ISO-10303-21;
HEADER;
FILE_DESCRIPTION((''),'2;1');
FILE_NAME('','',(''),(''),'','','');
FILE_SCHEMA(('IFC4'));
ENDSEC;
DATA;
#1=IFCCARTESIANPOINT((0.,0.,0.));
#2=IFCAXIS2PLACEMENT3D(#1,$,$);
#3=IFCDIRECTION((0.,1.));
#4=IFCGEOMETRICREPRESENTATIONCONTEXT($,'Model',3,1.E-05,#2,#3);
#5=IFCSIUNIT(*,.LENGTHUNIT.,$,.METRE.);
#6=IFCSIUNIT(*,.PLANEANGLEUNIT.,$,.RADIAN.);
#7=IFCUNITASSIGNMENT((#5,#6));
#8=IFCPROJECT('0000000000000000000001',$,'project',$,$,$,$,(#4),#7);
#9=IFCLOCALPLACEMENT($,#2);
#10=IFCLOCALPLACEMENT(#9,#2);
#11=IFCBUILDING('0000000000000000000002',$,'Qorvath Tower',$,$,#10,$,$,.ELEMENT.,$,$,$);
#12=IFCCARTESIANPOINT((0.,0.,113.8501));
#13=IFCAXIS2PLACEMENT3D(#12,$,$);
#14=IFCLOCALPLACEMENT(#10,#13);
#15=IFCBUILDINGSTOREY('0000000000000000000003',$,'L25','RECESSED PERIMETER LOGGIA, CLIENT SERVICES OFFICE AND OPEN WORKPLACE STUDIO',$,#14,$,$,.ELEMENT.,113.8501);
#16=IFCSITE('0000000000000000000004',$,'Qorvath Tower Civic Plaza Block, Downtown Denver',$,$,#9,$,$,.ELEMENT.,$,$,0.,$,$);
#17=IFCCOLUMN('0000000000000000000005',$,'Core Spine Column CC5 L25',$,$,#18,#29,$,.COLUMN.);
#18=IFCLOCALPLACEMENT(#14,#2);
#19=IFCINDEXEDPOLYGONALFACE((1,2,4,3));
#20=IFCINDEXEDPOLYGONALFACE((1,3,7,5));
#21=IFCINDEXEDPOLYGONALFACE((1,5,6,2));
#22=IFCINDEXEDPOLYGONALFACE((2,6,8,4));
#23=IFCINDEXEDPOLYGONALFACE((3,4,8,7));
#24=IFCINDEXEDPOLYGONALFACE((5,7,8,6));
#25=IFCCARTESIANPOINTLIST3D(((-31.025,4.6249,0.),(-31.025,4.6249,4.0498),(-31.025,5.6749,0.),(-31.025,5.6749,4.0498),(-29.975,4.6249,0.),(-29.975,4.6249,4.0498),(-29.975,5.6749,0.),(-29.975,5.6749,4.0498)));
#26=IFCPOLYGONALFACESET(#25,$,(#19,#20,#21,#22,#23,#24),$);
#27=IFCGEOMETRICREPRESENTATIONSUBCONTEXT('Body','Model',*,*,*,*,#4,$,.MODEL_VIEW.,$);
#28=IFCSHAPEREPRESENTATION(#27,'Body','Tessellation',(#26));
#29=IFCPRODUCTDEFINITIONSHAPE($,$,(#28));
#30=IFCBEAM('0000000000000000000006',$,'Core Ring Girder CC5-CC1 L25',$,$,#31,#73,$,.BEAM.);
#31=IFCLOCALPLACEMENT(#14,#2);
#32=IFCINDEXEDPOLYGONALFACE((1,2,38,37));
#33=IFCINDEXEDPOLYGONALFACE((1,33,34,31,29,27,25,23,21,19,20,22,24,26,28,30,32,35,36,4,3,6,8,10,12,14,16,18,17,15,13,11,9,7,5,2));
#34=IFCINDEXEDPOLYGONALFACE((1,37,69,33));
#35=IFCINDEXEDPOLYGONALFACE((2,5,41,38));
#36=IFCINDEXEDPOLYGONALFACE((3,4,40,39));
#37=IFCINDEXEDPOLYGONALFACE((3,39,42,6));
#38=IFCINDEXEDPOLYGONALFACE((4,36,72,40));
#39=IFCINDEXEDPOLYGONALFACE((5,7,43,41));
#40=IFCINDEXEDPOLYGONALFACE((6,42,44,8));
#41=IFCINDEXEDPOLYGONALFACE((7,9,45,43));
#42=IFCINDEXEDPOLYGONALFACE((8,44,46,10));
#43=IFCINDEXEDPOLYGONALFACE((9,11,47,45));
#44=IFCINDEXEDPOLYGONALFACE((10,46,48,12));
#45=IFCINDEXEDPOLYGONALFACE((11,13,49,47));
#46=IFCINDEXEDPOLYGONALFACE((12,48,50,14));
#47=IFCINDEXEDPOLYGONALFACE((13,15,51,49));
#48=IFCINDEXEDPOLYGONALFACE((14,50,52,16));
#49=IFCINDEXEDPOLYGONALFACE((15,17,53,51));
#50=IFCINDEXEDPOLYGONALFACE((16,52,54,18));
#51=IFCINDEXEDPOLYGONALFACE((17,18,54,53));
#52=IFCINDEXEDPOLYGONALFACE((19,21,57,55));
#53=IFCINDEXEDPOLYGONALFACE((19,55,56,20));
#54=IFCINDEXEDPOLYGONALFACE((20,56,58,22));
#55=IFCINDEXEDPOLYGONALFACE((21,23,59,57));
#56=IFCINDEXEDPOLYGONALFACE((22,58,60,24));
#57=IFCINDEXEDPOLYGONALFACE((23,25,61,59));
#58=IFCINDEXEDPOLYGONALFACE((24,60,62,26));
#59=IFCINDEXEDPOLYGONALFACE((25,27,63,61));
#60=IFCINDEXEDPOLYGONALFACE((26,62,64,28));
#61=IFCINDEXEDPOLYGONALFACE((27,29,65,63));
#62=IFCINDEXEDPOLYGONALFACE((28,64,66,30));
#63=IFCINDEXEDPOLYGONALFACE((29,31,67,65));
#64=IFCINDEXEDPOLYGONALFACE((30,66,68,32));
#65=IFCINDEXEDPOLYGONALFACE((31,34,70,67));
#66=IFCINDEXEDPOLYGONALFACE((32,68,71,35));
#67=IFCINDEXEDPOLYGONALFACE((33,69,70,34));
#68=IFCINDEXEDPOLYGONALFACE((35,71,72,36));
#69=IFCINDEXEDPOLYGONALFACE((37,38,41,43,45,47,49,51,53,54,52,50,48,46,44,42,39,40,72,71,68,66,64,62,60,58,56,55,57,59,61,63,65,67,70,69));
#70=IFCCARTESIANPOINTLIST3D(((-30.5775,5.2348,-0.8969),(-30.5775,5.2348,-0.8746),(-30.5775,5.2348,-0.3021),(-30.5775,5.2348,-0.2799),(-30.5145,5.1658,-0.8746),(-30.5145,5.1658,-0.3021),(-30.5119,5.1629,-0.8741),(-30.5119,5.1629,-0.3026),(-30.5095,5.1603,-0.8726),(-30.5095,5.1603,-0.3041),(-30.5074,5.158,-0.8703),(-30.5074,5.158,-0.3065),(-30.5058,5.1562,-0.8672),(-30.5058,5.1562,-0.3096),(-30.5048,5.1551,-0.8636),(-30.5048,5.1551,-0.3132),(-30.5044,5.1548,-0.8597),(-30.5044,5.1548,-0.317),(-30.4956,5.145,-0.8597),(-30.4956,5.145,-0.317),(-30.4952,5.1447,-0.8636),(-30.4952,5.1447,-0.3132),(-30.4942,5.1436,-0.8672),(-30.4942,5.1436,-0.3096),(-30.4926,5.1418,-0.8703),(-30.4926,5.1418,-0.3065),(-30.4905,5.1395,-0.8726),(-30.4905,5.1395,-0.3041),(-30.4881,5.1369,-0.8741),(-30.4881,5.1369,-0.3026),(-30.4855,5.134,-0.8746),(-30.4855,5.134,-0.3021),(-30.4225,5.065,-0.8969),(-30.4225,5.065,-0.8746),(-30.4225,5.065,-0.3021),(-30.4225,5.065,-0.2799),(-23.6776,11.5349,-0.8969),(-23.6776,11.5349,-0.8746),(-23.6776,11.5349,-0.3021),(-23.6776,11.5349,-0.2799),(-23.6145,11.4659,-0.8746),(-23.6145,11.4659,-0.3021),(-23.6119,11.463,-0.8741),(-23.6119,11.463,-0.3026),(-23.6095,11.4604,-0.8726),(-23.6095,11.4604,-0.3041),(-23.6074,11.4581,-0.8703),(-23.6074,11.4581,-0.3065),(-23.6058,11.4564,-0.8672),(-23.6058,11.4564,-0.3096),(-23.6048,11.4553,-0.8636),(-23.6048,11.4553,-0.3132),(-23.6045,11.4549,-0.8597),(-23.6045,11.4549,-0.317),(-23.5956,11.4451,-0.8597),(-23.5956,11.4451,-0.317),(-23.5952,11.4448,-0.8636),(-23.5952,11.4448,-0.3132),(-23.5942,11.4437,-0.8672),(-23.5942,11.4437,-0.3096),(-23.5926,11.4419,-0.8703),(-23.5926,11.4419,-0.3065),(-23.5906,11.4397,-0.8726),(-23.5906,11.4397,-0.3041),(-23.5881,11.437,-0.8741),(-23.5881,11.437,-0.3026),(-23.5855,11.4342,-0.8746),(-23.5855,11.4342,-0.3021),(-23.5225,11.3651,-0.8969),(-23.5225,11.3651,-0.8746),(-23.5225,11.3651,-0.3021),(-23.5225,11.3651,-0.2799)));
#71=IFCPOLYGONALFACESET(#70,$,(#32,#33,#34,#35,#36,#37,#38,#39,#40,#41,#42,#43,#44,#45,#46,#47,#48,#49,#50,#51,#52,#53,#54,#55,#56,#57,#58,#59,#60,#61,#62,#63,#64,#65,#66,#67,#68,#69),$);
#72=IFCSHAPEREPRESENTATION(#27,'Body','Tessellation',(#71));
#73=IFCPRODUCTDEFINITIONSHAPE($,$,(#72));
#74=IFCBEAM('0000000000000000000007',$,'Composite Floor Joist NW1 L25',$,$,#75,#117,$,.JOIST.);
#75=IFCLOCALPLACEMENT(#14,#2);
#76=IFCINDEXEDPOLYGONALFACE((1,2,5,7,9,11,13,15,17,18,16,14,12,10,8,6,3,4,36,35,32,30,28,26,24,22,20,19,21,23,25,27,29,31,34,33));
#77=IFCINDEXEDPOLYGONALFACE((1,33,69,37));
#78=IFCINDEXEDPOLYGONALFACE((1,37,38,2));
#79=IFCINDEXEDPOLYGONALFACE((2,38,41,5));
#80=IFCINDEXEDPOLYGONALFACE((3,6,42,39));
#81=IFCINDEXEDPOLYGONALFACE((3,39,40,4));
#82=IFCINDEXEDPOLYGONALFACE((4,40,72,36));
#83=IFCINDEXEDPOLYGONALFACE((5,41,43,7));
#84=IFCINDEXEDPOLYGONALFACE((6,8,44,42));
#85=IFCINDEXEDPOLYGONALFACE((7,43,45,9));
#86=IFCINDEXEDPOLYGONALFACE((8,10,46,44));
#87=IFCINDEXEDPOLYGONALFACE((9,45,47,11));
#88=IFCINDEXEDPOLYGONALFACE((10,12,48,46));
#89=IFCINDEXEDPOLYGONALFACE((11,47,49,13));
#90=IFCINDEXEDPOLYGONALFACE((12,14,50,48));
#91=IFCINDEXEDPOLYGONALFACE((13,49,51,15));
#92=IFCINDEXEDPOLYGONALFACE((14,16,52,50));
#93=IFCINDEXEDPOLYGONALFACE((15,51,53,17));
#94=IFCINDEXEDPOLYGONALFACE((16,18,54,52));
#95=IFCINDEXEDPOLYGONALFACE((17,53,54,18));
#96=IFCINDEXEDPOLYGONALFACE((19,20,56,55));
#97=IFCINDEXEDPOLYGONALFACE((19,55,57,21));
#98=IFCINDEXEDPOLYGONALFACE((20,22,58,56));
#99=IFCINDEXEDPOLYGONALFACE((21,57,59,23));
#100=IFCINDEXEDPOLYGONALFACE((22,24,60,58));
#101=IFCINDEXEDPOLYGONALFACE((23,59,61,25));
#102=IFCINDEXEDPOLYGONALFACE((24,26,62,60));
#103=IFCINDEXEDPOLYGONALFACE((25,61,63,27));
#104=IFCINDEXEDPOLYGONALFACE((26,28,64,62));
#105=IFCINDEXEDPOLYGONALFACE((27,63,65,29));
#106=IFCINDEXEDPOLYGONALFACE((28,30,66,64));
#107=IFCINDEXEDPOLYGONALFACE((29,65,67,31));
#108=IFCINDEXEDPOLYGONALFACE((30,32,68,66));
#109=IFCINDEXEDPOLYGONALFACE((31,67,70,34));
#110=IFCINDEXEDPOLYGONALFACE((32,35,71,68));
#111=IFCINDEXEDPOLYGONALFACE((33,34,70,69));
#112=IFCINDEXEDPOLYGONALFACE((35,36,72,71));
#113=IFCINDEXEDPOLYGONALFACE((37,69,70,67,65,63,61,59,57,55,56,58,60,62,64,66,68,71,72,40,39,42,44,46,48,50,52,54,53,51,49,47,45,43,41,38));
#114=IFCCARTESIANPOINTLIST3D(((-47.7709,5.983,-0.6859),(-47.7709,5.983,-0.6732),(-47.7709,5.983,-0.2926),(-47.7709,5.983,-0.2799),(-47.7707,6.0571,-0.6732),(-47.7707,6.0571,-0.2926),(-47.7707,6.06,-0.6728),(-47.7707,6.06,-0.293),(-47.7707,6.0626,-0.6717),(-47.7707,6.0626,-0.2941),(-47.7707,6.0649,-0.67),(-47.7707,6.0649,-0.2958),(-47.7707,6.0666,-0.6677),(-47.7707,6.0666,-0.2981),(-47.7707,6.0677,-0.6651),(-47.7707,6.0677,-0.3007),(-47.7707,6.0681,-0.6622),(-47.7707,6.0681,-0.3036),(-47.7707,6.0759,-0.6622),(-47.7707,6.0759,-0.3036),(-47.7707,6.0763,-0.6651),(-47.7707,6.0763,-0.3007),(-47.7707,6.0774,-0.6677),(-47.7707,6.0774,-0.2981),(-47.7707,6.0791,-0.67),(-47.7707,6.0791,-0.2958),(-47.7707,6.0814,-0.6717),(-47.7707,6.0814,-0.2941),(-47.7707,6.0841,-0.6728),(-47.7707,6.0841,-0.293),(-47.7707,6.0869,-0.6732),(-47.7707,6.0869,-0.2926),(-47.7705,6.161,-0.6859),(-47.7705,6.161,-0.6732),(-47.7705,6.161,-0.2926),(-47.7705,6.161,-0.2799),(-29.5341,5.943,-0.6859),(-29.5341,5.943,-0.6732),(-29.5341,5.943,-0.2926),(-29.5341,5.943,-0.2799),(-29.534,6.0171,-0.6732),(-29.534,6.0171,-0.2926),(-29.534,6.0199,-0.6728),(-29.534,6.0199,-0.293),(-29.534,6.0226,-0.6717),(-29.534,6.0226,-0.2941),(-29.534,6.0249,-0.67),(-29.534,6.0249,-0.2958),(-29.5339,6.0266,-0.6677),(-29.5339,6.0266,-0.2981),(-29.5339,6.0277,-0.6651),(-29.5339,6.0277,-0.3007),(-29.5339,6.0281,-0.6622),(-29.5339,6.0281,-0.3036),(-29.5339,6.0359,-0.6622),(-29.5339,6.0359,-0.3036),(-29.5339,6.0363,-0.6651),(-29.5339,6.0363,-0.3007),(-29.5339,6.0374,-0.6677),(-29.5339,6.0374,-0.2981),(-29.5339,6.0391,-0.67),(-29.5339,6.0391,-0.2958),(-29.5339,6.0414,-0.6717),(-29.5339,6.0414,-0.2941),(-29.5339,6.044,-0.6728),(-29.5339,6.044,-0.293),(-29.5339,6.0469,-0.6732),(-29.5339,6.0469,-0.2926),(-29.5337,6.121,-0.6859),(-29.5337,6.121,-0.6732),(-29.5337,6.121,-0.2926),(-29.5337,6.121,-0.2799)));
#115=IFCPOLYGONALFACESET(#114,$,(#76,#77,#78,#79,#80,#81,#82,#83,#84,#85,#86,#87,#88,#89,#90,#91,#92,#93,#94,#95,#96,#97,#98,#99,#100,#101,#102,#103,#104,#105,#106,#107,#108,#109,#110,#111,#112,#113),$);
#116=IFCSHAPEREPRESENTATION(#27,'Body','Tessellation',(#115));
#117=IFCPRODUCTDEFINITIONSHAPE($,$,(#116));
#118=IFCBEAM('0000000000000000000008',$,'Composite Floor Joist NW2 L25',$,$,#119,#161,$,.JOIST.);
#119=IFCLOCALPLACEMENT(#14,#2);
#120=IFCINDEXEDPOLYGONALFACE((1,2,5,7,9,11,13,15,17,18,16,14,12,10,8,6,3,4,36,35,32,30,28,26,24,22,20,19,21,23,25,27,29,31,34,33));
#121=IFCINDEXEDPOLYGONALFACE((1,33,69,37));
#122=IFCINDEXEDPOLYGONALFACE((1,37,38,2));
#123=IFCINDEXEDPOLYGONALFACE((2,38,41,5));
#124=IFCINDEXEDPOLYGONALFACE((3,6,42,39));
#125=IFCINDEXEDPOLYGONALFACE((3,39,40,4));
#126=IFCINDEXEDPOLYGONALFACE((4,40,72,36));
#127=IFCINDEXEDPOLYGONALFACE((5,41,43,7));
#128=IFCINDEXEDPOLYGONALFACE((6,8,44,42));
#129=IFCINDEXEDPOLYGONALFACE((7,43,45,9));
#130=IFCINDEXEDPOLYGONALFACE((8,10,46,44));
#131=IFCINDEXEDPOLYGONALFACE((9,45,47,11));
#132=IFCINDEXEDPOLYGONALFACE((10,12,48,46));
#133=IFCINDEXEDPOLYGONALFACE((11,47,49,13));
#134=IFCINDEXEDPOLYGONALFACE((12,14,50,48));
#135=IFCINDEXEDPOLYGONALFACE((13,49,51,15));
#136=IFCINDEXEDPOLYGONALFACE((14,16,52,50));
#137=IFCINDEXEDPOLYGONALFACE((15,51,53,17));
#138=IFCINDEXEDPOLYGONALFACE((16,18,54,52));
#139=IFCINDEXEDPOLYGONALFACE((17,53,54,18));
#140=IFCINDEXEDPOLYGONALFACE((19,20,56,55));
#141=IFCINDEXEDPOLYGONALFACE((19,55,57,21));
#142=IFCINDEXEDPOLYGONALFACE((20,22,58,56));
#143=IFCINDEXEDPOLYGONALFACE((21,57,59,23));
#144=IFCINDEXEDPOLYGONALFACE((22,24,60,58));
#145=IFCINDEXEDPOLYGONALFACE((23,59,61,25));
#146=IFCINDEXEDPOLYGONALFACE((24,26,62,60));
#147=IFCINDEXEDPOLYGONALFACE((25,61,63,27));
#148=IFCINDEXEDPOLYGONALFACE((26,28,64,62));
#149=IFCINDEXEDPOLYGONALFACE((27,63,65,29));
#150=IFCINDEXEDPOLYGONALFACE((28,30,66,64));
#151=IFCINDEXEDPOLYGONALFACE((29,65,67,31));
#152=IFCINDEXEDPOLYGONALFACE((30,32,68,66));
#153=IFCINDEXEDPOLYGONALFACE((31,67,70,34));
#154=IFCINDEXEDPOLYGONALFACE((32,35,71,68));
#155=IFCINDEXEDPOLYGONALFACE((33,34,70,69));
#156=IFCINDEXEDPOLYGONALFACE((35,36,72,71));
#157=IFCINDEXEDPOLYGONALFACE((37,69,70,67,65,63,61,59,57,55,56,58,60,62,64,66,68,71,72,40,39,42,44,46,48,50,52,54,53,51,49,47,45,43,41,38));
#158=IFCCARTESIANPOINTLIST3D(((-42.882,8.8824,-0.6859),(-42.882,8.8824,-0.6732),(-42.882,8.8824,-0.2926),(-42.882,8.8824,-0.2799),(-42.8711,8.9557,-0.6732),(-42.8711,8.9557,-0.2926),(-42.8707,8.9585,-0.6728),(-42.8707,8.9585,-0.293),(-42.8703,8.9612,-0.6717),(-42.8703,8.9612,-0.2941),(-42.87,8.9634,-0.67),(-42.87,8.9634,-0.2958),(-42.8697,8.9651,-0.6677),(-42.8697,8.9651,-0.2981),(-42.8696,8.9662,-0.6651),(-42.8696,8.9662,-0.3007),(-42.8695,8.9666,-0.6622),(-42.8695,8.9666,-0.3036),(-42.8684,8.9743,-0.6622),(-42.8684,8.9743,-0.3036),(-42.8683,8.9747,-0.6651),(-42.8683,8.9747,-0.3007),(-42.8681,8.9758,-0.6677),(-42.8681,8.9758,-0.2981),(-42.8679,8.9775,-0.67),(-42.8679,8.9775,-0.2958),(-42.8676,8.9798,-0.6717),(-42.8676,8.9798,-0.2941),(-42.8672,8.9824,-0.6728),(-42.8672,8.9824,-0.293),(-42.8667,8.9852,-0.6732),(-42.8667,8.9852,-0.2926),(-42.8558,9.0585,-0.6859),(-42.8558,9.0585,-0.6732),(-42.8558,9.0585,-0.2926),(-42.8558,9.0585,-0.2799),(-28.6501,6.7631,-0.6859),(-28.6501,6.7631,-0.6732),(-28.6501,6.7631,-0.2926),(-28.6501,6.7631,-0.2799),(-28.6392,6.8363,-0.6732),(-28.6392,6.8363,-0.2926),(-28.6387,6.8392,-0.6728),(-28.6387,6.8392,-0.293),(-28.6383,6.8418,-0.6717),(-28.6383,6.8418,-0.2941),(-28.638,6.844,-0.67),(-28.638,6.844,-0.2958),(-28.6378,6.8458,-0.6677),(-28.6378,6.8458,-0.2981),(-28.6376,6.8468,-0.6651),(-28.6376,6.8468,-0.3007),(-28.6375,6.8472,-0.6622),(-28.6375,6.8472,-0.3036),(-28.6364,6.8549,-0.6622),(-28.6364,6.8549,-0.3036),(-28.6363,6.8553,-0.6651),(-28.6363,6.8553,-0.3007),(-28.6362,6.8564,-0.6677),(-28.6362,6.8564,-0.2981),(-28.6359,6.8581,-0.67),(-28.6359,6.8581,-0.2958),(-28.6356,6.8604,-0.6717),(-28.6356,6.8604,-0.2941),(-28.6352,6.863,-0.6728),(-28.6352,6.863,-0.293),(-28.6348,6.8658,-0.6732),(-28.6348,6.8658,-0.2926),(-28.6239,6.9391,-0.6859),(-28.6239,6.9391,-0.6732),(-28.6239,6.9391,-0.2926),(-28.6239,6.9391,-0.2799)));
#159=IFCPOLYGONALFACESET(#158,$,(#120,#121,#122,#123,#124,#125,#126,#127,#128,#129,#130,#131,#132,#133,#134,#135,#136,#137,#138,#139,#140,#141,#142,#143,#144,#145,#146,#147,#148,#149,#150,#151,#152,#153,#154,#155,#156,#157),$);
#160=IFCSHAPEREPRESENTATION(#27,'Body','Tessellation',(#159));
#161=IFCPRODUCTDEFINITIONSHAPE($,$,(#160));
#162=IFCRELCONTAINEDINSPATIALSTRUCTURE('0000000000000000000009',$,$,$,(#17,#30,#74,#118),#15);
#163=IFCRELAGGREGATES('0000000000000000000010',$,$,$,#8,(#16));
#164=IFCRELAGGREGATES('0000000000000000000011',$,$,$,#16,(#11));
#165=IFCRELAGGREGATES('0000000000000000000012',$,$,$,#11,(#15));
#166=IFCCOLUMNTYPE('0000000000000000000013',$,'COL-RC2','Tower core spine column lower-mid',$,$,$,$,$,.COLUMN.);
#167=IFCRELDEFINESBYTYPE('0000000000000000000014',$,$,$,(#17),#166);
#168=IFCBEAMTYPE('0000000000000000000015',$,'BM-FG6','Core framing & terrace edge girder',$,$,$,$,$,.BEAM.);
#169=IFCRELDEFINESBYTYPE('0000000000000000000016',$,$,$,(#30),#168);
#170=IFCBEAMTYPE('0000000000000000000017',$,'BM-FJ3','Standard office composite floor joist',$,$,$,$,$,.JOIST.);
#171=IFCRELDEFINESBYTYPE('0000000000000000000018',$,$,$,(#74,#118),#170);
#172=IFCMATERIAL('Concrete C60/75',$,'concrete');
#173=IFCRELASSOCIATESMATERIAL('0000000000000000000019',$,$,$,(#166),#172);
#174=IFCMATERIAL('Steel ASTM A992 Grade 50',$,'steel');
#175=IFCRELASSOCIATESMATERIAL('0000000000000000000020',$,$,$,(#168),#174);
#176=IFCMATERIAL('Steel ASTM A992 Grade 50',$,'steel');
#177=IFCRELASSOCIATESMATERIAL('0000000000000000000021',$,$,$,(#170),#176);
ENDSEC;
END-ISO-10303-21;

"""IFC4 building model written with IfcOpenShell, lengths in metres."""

from ifc_helpers import new_model, si_unit, direction, frame, origin, origin_2d, place, context, subcontext, project, spatial, rectangle, i_section, extrude, material, material_profile, profile_set, type_object, element, save


model = new_model("IFC4")

# Units and contexts
model_context = context("Model", 3, precision=1e-05, world=origin(), true_north=direction((0.0, 1.0)))
body_context = subcontext(model_context, "Body", "Model", "MODEL_VIEW")
ifc_project = project(units=[si_unit("LENGTHUNIT", "METRE"), si_unit("PLANEANGLEUNIT", "RADIAN")], contexts=[model_context])

# Site, building, storey
site_placement = place(None, origin())
site = spatial("IfcSite", under=ifc_project, at=site_placement, Name="Qorvath Tower Civic Plaza Block, Downtown Denver", CompositionType="ELEMENT", RefElevation=0.0)
building_placement = place(site_placement, origin())
building = spatial("IfcBuilding", under=site, at=building_placement, Name="Qorvath Tower", CompositionType="ELEMENT")
storey_placement = place(building_placement, frame((0.0, 0.0, 113.8501)))
storey = spatial("IfcBuildingStorey", under=building, at=storey_placement, Name="L25", Description="RECESSED PERIMETER LOGGIA, CLIENT SERVICES OFFICE AND OPEN WORKPLACE STUDIO", CompositionType="ELEMENT", Elevation=113.8501)

# Column
ifc_material_1 = material(Name="Concrete C60/75", Category="concrete")
ifc_material_profile_1 = material_profile(ifc_material_1, rectangle(XDim=1.05, YDim=1.05, at=origin_2d()), Name="RC 1050x1050")
ifc_profile_set_1 = profile_set([ifc_material_profile_1], Name="Concrete C60/75")
column_type = type_object("IfcColumnType", Name="COL-RC2", Description="Tower core spine column lower-mid", PredefinedType="COLUMN", material=ifc_profile_set_1)
column_placement = place(storey_placement, frame((-30.5, 5.1499, 0.0), z_axis=(0.0, 0.0, 1.0), x_axis=(1.0, 0.0, 0.0)))
element("IfcColumn", 1, at=column_placement, inside=storey, type_object=column_type, Name="Core Spine Column CC5 L25", PredefinedType="COLUMN", context=body_context, shape_type="SweptSolid", body=[
    extrude(rectangle(XDim=1.05, YDim=1.05, at=origin_2d()), origin(), (0.0, 0.0, 1.0), 4.0498),
])

# Beams
ifc_material_2 = material(Name="Steel ASTM A992 Grade 50", Category="steel")
ifc_material_profile_2 = material_profile(ifc_material_2, i_section(OverallWidth=0.23, OverallDepth=0.6169, WebThickness=0.0132, FlangeThickness=0.0222, FilletRadius=0.0149, at=origin_2d()), Name="W24x94")
ifc_profile_set_2 = profile_set([ifc_material_profile_2], Name="Steel ASTM A992 Grade 50")
beam_type_1 = type_object("IfcBeamType", Name="BM-FG6", Description="Core framing & terrace edge girder", PredefinedType="BEAM", material=ifc_profile_set_2)
beam_1_placement = place(storey_placement, frame((-30.5, 5.1499, -0.5884), z_axis=(0.738478, 0.674277, 0.0), x_axis=(-0.674277, 0.738478, 0.0)))
element("IfcBeam", 2, at=beam_1_placement, inside=storey, type_object=beam_type_1, Name="Core Ring Girder CC5-CC1 L25", PredefinedType="BEAM", context=body_context, shape_type="SweptSolid", body=[
    extrude(i_section(OverallWidth=0.23, OverallDepth=0.6169, WebThickness=0.0132, FlangeThickness=0.0222, FilletRadius=0.0149, at=origin_2d()), origin(), (0.0, 0.0, 1.0), 9.3435),
])
ifc_material_3 = material(Name="Steel ASTM A992 Grade 50", Category="steel")
ifc_material_profile_3 = material_profile(ifc_material_3, i_section(OverallWidth=0.178, OverallDepth=0.406, WebThickness=0.0078, FlangeThickness=0.0127, FilletRadius=0.011, at=origin_2d()), Name="W16x40")
ifc_profile_set_3 = profile_set([ifc_material_profile_3], Name="Steel ASTM A992 Grade 50")
beam_type_2 = type_object("IfcBeamType", Name="BM-FJ3", Description="Standard office composite floor joist", PredefinedType="JOIST", material=ifc_profile_set_3)
beam_2_placement = place(storey_placement, frame((-29.5339, 6.032, -0.4829), z_axis=(-0.999998, 0.002196, 0.0), x_axis=(-0.002196, -0.999998, 0.0)))
element("IfcBeam", 3, at=beam_2_placement, inside=storey, type_object=beam_type_2, Name="Composite Floor Joist NW1 L25", PredefinedType="JOIST", context=body_context, shape_type="SweptSolid", body=[
    extrude(i_section(OverallWidth=0.178, OverallDepth=0.406, WebThickness=0.0078, FlangeThickness=0.0127, FilletRadius=0.011, at=origin_2d()), origin(), (0.0, 0.0, 1.0), 18.2368),
])
beam_3_placement = place(storey_placement, frame((-28.637, 6.8511, -0.4829), z_axis=(-0.989093, 0.147293, 0.0), x_axis=(-0.147293, -0.989093, 0.0)))
element("IfcBeam", 4, at=beam_3_placement, inside=storey, type_object=beam_type_2, Name="Composite Floor Joist NW2 L25", PredefinedType="JOIST", context=body_context, shape_type="SweptSolid", body=[
    extrude(i_section(OverallWidth=0.178, OverallDepth=0.406, WebThickness=0.0078, FlangeThickness=0.0127, FilletRadius=0.011, at=origin_2d()), origin(), (0.0, 0.0, 1.0), 14.3889),
])

save(model, "model.ifc")
